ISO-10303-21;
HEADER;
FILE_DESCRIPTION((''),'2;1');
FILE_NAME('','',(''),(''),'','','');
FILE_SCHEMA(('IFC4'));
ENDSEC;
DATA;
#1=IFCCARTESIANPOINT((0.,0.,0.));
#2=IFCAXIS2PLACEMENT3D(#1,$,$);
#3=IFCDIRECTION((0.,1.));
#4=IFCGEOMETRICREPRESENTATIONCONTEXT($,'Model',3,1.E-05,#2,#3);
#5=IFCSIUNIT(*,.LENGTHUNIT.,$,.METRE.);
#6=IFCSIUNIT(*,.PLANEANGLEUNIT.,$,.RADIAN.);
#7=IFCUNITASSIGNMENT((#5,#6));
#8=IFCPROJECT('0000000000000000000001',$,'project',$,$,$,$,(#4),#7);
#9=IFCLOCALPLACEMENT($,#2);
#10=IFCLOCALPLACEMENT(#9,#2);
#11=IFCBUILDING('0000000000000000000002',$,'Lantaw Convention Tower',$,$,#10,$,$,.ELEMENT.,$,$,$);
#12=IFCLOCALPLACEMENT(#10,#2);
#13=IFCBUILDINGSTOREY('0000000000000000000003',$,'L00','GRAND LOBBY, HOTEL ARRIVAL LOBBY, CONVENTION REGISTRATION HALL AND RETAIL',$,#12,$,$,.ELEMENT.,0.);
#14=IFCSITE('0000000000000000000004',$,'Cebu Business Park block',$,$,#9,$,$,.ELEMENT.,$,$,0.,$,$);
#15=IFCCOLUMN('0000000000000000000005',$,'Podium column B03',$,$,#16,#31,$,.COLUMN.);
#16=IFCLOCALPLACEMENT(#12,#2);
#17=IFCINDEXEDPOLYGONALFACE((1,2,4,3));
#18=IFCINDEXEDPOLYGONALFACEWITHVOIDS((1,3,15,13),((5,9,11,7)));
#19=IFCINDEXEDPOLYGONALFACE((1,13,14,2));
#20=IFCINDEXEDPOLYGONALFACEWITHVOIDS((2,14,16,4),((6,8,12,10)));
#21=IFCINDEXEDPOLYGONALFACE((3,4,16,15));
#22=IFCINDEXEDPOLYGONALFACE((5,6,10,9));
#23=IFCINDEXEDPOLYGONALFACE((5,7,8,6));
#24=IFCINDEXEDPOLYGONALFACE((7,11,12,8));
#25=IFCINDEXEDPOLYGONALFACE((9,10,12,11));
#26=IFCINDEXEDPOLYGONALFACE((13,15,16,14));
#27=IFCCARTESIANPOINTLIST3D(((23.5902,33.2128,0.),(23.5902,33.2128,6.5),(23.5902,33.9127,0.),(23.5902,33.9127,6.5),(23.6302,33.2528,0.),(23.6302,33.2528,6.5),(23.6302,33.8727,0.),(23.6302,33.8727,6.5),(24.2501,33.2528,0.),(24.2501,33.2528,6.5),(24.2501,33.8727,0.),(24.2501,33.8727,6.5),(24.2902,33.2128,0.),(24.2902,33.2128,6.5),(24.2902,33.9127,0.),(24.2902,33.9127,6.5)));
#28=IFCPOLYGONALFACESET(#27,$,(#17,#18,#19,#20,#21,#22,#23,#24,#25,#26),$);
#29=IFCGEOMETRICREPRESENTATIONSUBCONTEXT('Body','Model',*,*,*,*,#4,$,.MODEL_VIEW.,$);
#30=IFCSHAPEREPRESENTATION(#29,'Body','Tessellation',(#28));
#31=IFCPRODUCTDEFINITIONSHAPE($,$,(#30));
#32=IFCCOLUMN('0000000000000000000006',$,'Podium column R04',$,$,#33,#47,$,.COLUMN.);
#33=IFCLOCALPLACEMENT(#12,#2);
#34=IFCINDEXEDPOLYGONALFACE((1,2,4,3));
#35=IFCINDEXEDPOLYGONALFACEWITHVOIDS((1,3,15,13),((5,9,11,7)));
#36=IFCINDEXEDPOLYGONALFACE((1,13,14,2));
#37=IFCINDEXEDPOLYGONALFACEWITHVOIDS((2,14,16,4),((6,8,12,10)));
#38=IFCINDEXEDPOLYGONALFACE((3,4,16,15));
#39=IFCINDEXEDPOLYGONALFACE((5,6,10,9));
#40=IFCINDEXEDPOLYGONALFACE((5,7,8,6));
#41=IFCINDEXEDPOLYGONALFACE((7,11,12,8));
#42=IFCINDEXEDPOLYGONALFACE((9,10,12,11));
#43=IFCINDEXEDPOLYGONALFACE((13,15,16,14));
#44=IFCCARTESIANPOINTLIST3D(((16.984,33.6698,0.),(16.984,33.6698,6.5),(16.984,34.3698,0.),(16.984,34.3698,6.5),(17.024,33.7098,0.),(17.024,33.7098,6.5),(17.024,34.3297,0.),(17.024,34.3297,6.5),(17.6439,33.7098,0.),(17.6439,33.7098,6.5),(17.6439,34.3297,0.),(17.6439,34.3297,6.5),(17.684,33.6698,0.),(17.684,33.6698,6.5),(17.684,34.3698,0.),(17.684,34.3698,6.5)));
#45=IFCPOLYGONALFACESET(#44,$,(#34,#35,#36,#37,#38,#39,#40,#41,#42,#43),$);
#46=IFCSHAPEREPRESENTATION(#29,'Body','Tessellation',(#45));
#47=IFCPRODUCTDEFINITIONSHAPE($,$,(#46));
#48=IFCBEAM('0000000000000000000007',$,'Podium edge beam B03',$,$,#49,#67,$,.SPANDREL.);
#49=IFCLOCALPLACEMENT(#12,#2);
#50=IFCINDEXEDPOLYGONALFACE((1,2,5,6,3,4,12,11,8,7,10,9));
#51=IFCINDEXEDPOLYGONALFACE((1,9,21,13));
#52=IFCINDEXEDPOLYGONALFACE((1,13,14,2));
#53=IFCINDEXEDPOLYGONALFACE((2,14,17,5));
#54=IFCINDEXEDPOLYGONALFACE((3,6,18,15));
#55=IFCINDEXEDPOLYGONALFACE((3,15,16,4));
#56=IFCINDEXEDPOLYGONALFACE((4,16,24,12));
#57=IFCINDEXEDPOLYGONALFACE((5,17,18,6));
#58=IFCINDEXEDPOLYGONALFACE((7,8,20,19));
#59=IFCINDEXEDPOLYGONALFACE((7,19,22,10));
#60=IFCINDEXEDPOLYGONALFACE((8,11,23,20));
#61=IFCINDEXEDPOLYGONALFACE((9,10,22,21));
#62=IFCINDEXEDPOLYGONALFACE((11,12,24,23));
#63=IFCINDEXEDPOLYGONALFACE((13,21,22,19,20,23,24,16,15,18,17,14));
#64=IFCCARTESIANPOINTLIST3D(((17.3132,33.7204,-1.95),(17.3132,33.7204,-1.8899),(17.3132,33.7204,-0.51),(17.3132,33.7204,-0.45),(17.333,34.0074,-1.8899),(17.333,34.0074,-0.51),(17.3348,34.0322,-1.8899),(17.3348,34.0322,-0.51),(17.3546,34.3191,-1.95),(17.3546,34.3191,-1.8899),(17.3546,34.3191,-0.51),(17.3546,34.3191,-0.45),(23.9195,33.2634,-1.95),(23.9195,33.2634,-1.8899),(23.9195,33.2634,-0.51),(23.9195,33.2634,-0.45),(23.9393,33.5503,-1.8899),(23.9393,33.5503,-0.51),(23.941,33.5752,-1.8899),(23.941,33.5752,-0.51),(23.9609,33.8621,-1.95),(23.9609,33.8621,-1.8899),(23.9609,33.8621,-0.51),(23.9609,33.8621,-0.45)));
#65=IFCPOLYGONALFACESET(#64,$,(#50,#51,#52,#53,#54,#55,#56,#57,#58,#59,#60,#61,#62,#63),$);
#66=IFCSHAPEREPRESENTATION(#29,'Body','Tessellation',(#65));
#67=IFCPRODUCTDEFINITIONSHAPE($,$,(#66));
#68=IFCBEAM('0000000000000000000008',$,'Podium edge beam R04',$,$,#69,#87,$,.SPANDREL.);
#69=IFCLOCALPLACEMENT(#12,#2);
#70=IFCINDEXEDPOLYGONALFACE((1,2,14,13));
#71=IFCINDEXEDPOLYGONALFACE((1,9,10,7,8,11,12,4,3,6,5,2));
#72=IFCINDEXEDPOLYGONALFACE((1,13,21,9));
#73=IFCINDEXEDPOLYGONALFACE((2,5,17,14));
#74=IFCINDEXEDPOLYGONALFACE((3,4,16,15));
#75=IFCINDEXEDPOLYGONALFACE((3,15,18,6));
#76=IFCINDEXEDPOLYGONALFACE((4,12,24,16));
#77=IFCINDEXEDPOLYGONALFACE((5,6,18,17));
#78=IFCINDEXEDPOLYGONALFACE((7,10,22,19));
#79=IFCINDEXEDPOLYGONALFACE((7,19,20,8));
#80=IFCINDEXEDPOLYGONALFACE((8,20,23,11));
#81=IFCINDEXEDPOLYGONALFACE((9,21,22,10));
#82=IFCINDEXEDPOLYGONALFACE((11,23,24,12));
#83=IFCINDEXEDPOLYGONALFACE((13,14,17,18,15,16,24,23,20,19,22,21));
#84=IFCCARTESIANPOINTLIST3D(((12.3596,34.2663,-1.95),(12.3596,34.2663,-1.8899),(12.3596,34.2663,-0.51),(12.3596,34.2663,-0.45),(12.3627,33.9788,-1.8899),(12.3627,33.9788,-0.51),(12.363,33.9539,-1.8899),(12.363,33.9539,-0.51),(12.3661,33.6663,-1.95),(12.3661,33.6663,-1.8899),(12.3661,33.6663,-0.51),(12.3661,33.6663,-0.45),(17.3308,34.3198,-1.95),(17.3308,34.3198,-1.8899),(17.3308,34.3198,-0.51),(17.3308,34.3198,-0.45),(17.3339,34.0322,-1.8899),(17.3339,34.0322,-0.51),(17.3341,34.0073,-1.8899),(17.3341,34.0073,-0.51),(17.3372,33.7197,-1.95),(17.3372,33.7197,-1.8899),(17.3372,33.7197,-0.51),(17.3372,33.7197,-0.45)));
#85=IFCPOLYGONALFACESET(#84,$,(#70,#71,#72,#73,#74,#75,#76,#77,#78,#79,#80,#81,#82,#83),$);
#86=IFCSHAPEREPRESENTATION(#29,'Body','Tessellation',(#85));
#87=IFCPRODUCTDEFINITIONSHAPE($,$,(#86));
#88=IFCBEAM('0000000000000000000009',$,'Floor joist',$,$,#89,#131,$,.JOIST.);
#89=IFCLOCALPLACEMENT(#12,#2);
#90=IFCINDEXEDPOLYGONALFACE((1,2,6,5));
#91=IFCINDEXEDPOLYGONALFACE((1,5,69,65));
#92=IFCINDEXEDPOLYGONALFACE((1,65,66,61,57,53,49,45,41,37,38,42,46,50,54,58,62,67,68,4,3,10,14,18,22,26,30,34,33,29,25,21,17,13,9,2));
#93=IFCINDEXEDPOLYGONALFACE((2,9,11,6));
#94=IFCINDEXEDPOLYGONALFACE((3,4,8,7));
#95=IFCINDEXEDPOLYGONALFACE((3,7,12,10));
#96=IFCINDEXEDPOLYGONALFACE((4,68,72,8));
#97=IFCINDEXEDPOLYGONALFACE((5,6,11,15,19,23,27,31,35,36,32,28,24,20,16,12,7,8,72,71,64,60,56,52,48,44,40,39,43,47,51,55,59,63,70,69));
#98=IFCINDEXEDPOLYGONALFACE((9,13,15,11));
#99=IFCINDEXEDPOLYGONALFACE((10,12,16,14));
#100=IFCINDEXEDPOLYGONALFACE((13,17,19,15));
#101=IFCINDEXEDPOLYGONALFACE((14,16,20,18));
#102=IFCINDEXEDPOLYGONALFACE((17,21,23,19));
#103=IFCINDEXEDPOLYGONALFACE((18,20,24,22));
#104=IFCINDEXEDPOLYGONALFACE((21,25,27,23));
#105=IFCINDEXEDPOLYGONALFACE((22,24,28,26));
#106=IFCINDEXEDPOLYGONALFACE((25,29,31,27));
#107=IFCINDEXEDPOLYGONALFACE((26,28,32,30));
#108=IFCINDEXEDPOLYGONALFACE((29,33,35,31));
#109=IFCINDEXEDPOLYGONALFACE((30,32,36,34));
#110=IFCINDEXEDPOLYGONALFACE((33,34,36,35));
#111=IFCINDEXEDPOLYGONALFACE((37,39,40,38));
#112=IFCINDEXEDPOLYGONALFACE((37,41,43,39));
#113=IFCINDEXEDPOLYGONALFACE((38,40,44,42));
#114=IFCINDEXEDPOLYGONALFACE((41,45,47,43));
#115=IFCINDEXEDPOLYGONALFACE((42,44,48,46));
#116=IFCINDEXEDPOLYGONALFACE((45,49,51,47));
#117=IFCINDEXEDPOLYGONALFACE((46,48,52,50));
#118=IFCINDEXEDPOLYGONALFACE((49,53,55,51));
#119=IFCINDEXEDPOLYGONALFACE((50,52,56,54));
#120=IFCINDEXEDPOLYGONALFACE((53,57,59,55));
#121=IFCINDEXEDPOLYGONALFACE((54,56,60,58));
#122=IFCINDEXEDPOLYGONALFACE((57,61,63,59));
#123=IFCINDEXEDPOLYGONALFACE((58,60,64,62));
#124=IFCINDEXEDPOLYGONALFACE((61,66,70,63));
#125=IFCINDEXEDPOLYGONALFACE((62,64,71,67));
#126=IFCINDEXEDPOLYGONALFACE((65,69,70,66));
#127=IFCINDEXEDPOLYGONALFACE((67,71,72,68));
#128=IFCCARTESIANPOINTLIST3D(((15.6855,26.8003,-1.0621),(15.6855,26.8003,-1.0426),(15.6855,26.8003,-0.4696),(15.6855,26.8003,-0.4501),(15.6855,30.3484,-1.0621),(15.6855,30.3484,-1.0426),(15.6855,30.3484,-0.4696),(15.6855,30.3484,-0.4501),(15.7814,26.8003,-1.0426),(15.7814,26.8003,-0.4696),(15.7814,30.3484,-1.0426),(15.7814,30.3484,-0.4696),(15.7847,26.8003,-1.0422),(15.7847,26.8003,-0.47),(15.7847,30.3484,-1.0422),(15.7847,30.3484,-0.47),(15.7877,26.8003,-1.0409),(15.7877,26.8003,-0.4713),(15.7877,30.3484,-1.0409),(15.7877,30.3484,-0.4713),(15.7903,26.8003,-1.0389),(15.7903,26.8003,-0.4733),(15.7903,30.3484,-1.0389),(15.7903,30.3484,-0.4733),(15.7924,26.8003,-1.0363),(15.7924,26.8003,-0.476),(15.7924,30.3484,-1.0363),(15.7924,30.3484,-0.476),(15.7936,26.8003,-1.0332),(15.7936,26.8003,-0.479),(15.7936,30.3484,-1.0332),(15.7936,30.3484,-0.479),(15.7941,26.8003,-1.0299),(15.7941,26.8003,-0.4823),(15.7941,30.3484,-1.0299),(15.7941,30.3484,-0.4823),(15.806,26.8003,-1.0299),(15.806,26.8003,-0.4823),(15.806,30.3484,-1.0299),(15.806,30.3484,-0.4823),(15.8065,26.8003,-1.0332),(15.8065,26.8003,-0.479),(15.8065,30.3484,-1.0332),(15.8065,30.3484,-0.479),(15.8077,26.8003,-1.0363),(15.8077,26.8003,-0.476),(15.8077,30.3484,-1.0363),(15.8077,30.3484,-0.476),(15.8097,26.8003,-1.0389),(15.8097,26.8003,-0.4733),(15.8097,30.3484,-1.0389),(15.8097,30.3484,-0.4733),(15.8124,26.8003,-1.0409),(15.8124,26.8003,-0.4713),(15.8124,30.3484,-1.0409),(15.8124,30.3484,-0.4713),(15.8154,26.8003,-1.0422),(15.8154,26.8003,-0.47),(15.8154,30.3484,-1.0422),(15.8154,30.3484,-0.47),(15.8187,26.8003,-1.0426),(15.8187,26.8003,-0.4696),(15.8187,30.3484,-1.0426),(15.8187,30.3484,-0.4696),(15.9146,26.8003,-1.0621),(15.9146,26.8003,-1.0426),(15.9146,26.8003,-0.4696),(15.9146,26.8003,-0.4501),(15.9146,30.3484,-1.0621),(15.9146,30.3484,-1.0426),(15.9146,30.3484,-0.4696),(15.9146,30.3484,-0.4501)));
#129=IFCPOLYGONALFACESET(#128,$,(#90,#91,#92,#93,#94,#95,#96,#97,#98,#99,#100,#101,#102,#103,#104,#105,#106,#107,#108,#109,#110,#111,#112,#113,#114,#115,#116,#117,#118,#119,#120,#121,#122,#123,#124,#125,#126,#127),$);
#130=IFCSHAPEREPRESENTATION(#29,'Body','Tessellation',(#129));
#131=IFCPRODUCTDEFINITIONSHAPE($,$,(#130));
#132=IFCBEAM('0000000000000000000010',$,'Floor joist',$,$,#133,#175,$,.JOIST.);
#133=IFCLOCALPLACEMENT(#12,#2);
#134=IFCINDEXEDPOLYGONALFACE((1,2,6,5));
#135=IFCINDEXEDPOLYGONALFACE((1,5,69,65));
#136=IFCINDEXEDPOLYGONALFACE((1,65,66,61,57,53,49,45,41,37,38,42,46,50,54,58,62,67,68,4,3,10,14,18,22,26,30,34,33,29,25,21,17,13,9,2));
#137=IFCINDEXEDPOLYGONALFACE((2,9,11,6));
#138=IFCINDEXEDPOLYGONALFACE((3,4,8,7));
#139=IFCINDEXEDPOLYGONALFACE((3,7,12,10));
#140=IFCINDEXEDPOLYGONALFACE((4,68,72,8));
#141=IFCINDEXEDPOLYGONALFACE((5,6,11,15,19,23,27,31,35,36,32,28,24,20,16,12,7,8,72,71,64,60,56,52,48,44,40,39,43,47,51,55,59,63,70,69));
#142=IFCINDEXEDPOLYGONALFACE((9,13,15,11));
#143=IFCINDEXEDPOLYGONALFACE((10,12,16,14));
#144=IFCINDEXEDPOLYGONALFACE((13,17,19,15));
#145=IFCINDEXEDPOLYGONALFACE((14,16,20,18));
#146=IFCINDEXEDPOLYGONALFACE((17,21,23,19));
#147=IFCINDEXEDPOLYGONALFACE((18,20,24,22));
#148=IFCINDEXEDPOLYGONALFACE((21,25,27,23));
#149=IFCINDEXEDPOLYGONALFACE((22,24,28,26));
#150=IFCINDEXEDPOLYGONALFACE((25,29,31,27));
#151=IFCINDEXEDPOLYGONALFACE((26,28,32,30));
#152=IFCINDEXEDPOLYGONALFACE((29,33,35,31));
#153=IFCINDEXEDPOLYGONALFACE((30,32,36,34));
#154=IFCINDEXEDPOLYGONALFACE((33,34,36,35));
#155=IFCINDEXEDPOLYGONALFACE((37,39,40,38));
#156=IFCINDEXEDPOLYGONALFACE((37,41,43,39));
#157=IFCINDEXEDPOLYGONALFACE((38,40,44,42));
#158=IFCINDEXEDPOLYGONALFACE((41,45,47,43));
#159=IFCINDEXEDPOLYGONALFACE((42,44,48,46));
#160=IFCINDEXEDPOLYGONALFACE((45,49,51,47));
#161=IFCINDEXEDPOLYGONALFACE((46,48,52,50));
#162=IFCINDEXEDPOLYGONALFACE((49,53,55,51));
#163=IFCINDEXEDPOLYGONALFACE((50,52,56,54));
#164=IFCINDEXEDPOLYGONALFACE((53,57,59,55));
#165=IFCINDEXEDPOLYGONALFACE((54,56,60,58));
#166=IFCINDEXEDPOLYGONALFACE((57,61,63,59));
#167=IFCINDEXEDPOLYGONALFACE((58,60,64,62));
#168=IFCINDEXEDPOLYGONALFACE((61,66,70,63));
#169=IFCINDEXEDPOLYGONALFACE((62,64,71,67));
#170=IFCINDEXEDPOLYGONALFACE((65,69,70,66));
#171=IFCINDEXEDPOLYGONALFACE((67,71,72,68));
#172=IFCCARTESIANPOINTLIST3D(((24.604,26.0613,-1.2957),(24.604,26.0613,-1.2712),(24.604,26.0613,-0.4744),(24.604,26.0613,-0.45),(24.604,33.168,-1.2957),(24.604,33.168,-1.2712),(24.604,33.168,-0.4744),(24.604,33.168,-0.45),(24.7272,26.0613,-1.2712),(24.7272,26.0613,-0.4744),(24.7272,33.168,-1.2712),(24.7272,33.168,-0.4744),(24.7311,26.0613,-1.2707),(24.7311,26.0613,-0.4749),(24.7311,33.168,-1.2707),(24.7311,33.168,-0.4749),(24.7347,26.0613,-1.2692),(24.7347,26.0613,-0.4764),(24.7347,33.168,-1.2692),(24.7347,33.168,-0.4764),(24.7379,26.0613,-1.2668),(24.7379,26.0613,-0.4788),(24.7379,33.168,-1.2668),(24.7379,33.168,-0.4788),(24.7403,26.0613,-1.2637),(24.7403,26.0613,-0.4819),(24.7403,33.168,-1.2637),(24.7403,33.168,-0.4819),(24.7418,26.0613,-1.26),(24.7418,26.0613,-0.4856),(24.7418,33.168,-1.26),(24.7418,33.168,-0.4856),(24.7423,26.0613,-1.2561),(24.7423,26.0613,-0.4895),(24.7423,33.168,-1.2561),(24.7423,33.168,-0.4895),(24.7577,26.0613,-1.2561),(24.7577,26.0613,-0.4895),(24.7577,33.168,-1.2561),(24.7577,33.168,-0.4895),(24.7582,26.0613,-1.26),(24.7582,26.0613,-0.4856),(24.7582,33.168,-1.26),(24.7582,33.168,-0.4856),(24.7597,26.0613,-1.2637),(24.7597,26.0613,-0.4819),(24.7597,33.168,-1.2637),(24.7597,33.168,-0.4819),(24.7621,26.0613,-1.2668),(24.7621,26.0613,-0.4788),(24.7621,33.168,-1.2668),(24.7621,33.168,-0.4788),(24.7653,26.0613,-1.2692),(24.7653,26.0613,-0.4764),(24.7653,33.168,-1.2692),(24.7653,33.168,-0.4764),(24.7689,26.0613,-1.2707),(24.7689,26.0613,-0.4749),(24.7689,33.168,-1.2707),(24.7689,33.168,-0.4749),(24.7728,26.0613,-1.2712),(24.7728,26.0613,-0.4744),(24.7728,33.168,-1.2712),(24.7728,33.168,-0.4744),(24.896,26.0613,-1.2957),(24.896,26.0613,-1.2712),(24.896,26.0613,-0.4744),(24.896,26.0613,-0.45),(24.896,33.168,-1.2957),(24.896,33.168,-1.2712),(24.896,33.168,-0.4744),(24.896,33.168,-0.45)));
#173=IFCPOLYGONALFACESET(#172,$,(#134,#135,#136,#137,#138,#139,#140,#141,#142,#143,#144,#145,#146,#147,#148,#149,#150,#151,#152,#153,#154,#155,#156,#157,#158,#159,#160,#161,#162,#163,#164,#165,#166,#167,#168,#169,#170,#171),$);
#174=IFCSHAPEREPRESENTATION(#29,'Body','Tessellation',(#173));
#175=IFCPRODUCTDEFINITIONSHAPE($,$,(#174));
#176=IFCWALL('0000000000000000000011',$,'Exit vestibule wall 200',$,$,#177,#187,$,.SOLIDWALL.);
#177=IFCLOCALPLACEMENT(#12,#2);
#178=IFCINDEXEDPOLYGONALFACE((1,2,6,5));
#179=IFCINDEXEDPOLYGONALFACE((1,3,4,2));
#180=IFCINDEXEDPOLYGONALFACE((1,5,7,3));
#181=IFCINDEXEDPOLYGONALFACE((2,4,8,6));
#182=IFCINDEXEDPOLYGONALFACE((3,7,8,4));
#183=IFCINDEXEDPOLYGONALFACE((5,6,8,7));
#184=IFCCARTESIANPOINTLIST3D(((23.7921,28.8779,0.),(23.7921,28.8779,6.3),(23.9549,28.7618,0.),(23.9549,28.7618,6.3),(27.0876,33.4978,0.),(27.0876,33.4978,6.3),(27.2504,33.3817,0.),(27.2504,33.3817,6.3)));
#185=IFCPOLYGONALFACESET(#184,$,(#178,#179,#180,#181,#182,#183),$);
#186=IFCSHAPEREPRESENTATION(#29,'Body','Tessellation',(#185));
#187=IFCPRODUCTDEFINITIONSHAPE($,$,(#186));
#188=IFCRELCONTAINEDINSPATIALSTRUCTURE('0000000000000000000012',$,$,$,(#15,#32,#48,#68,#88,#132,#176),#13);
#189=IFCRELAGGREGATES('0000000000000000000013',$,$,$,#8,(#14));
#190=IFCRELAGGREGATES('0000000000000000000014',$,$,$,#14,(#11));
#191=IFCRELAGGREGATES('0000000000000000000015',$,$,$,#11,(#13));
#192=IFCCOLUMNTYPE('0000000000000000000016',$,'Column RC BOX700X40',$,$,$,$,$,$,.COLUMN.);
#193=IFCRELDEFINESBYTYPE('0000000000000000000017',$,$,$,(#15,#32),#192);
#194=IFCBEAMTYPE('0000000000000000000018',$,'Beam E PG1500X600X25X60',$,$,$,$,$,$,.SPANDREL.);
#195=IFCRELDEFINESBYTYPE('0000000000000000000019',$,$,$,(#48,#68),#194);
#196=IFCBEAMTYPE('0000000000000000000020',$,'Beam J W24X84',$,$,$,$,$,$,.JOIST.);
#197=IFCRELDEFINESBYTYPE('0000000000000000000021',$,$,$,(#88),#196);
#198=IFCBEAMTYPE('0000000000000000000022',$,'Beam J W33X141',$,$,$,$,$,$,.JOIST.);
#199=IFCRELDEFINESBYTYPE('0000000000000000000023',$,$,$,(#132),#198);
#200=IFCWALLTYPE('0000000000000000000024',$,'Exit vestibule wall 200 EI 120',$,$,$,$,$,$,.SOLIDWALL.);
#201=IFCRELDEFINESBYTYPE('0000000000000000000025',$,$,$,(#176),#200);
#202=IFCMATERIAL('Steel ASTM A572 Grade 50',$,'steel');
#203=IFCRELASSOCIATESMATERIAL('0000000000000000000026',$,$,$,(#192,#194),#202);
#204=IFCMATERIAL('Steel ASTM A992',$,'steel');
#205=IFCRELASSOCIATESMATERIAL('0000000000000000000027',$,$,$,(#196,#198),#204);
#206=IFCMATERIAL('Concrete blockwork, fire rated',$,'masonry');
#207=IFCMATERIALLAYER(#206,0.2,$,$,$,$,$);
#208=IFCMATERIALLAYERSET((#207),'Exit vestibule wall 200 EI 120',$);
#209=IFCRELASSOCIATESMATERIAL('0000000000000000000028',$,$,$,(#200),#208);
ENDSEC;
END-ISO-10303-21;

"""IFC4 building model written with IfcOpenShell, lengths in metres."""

from ifc_helpers import new_model, si_unit, direction, frame, frame_2d, origin, origin_2d, place, context, subcontext, project, spatial, rectangle, hollow_rectangle, i_section, extrude, material, layer, layer_set, material_profile, profile_set, type_object, element, save


model = new_model("IFC4")

# Units and contexts
model_context = context("Model", 3, precision=1e-05, world=origin(), true_north=direction((0.0, 1.0)))
body_context = subcontext(model_context, "Body", "Model", "MODEL_VIEW")
ifc_project = project(units=[si_unit("LENGTHUNIT", "METRE"), si_unit("PLANEANGLEUNIT", "RADIAN")], contexts=[model_context])

# Site, building, storey
site_placement = place(None, origin())
site = spatial("IfcSite", under=ifc_project, at=site_placement, Name="Cebu Business Park block", CompositionType="ELEMENT", RefElevation=0.0)
building_placement = place(site_placement, origin())
building = spatial("IfcBuilding", under=site, at=building_placement, Name="Lantaw Convention Tower", CompositionType="ELEMENT")
storey_placement = place(building_placement, origin())
storey = spatial("IfcBuildingStorey", under=building, at=storey_placement, Name="L00", Description="GRAND LOBBY, HOTEL ARRIVAL LOBBY, CONVENTION REGISTRATION HALL AND RETAIL", CompositionType="ELEMENT", Elevation=0.0)

# Columns
ifc_material_1 = material(Name="Steel ASTM A572 Grade 50", Category="steel")
ifc_material_profile_1 = material_profile(ifc_material_1, hollow_rectangle(XDim=0.7, YDim=0.7, WallThickness=0.04, at=origin_2d()), Name="BOX700X40")
ifc_profile_set_1 = profile_set([ifc_material_profile_1], Name="Steel ASTM A572 Grade 50")
column_type = type_object("IfcColumnType", Name="Column RC BOX700X40", PredefinedType="COLUMN", material=ifc_profile_set_1)
for number, where, z_axis, x_axis, name in (
    (1, (23.9402, 33.5627, 0.0), (0.0, 0.0, 1.0), (1.0, 0.0, 0.0), "Podium column B03"),
    (2, (17.334, 34.0198, 0.0), (0.0, 0.0, 1.0), (1.0, 0.0, 0.0), "Podium column R04"),
):
    element("IfcColumn", number, at=place(storey_placement, frame(where, z_axis=z_axis, x_axis=x_axis)), inside=storey, type_object=column_type, Name=name, PredefinedType="COLUMN", context=body_context, shape_type="SweptSolid", body=[
        extrude(hollow_rectangle(XDim=0.7, YDim=0.7, WallThickness=0.04, at=origin_2d()), origin(), (0.0, 0.0, 1.0), 6.5),
    ])

# Beams
ifc_material_profile_2 = material_profile(ifc_material_1, i_section(OverallWidth=0.6001, OverallDepth=1.5, WebThickness=0.0249, FlangeThickness=0.0601, at=origin_2d()), Name="PG1500X600X25X60")
ifc_profile_set_2 = profile_set([ifc_material_profile_2], Name="Steel ASTM A572 Grade 50")
beam_type_1 = type_object("IfcBeamType", Name="Beam E PG1500X600X25X60", PredefinedType="SPANDREL", material=ifc_profile_set_2)
beam_1_placement = place(storey_placement, frame((23.9402, 33.5627, -1.2), z_axis=(-0.997615, 0.069017, 0.0), x_axis=(-0.069017, -0.997615, 0.0)))
element("IfcBeam", 3, at=beam_1_placement, inside=storey, type_object=beam_type_1, Name="Podium edge beam B03", PredefinedType="SPANDREL", context=body_context, shape_type="SweptSolid", body=[
    extrude(i_section(OverallWidth=0.6001, OverallDepth=1.5, WebThickness=0.0249, FlangeThickness=0.0601, at=origin_2d()), origin(), (0.0, 0.0, 1.0), 6.6221),
])
beam_2_placement = place(storey_placement, frame((17.334, 34.0198, -1.2), z_axis=(-0.999942, -0.010755, 0.0), x_axis=(0.010755, -0.999942, 0.0)))
element("IfcBeam", 4, at=beam_2_placement, inside=storey, type_object=beam_type_1, Name="Podium edge beam R04", PredefinedType="SPANDREL", context=body_context, shape_type="SweptSolid", body=[
    extrude(i_section(OverallWidth=0.6001, OverallDepth=1.5, WebThickness=0.0249, FlangeThickness=0.0601, at=origin_2d()), origin(), (0.0, 0.0, 1.0), 4.9714),
])
ifc_material_2 = material(Name="Steel ASTM A992", Category="steel")
ifc_material_profile_3 = material_profile(ifc_material_2, i_section(OverallWidth=0.229, OverallDepth=0.6121, WebThickness=0.012, FlangeThickness=0.0195, FilletRadius=0.0127, at=origin_2d()), Name="W24X84")
ifc_profile_set_3 = profile_set([ifc_material_profile_3], Name="Steel ASTM A992")
beam_type_2 = type_object("IfcBeamType", Name="Beam J W24X84", PredefinedType="JOIST", material=ifc_profile_set_3)
beam_3_placement = place(storey_placement, frame((15.8, 26.8003, -0.7561), z_axis=(0.0, 1.0, 0.0), x_axis=(-1.0, 0.0, 0.0)))
element("IfcBeam", 5, at=beam_3_placement, inside=storey, type_object=beam_type_2, Name="Floor joist", PredefinedType="JOIST", context=body_context, shape_type="SweptSolid", body=[
    extrude(i_section(OverallWidth=0.229, OverallDepth=0.6121, WebThickness=0.012, FlangeThickness=0.0195, FilletRadius=0.0127, at=origin_2d()), origin(), (0.0, 0.0, 1.0), 3.5481),
])
ifc_material_profile_4 = material_profile(ifc_material_2, i_section(OverallWidth=0.292, OverallDepth=0.8457, WebThickness=0.0154, FlangeThickness=0.0244, FilletRadius=0.0151, at=origin_2d()), Name="W33X141")
ifc_profile_set_4 = profile_set([ifc_material_profile_4], Name="Steel ASTM A992")
beam_type_3 = type_object("IfcBeamType", Name="Beam J W33X141", PredefinedType="JOIST", material=ifc_profile_set_4)
beam_4_placement = place(storey_placement, frame((24.75, 26.0613, -0.8728), z_axis=(0.0, 1.0, 0.0), x_axis=(-1.0, 0.0, 0.0)))
element("IfcBeam", 6, at=beam_4_placement, inside=storey, type_object=beam_type_3, Name="Floor joist", PredefinedType="JOIST", context=body_context, shape_type="SweptSolid", body=[
    extrude(i_section(OverallWidth=0.292, OverallDepth=0.8457, WebThickness=0.0154, FlangeThickness=0.0244, FilletRadius=0.0151, at=origin_2d()), origin(), (0.0, 0.0, 1.0), 7.1067),
])

# Wall
ifc_material_3 = material(Name="Concrete blockwork, fire rated", Category="masonry")
ifc_layer_1 = layer(ifc_material_3, 0.2)
ifc_layer_set_1 = layer_set([ifc_layer_1], Name="Exit vestibule wall 200 EI 120")
wall_type_1 = type_object("IfcWallType", Name="Exit vestibule wall 200 EI 120", PredefinedType="SOLIDWALL", material=ifc_layer_set_1)
wall_1_placement = place(storey_placement, frame((23.8735, 28.8198, 0.0), z_axis=(0.0, 0.0, 1.0), x_axis=(0.580713, 0.814108, 0.0)))
element("IfcWall", 7, at=wall_1_placement, inside=storey, type_object=wall_type_1, Name="Exit vestibule wall 200", PredefinedType="SOLIDWALL", context=body_context, shape_type="SweptSolid", body=[
    extrude(rectangle(XDim=5.6748, YDim=0.2, at=frame_2d((2.8374, 0.0))), origin(), (0.0, 0.0, 1.0), 6.3),
])

save(model, "model.ifc")
